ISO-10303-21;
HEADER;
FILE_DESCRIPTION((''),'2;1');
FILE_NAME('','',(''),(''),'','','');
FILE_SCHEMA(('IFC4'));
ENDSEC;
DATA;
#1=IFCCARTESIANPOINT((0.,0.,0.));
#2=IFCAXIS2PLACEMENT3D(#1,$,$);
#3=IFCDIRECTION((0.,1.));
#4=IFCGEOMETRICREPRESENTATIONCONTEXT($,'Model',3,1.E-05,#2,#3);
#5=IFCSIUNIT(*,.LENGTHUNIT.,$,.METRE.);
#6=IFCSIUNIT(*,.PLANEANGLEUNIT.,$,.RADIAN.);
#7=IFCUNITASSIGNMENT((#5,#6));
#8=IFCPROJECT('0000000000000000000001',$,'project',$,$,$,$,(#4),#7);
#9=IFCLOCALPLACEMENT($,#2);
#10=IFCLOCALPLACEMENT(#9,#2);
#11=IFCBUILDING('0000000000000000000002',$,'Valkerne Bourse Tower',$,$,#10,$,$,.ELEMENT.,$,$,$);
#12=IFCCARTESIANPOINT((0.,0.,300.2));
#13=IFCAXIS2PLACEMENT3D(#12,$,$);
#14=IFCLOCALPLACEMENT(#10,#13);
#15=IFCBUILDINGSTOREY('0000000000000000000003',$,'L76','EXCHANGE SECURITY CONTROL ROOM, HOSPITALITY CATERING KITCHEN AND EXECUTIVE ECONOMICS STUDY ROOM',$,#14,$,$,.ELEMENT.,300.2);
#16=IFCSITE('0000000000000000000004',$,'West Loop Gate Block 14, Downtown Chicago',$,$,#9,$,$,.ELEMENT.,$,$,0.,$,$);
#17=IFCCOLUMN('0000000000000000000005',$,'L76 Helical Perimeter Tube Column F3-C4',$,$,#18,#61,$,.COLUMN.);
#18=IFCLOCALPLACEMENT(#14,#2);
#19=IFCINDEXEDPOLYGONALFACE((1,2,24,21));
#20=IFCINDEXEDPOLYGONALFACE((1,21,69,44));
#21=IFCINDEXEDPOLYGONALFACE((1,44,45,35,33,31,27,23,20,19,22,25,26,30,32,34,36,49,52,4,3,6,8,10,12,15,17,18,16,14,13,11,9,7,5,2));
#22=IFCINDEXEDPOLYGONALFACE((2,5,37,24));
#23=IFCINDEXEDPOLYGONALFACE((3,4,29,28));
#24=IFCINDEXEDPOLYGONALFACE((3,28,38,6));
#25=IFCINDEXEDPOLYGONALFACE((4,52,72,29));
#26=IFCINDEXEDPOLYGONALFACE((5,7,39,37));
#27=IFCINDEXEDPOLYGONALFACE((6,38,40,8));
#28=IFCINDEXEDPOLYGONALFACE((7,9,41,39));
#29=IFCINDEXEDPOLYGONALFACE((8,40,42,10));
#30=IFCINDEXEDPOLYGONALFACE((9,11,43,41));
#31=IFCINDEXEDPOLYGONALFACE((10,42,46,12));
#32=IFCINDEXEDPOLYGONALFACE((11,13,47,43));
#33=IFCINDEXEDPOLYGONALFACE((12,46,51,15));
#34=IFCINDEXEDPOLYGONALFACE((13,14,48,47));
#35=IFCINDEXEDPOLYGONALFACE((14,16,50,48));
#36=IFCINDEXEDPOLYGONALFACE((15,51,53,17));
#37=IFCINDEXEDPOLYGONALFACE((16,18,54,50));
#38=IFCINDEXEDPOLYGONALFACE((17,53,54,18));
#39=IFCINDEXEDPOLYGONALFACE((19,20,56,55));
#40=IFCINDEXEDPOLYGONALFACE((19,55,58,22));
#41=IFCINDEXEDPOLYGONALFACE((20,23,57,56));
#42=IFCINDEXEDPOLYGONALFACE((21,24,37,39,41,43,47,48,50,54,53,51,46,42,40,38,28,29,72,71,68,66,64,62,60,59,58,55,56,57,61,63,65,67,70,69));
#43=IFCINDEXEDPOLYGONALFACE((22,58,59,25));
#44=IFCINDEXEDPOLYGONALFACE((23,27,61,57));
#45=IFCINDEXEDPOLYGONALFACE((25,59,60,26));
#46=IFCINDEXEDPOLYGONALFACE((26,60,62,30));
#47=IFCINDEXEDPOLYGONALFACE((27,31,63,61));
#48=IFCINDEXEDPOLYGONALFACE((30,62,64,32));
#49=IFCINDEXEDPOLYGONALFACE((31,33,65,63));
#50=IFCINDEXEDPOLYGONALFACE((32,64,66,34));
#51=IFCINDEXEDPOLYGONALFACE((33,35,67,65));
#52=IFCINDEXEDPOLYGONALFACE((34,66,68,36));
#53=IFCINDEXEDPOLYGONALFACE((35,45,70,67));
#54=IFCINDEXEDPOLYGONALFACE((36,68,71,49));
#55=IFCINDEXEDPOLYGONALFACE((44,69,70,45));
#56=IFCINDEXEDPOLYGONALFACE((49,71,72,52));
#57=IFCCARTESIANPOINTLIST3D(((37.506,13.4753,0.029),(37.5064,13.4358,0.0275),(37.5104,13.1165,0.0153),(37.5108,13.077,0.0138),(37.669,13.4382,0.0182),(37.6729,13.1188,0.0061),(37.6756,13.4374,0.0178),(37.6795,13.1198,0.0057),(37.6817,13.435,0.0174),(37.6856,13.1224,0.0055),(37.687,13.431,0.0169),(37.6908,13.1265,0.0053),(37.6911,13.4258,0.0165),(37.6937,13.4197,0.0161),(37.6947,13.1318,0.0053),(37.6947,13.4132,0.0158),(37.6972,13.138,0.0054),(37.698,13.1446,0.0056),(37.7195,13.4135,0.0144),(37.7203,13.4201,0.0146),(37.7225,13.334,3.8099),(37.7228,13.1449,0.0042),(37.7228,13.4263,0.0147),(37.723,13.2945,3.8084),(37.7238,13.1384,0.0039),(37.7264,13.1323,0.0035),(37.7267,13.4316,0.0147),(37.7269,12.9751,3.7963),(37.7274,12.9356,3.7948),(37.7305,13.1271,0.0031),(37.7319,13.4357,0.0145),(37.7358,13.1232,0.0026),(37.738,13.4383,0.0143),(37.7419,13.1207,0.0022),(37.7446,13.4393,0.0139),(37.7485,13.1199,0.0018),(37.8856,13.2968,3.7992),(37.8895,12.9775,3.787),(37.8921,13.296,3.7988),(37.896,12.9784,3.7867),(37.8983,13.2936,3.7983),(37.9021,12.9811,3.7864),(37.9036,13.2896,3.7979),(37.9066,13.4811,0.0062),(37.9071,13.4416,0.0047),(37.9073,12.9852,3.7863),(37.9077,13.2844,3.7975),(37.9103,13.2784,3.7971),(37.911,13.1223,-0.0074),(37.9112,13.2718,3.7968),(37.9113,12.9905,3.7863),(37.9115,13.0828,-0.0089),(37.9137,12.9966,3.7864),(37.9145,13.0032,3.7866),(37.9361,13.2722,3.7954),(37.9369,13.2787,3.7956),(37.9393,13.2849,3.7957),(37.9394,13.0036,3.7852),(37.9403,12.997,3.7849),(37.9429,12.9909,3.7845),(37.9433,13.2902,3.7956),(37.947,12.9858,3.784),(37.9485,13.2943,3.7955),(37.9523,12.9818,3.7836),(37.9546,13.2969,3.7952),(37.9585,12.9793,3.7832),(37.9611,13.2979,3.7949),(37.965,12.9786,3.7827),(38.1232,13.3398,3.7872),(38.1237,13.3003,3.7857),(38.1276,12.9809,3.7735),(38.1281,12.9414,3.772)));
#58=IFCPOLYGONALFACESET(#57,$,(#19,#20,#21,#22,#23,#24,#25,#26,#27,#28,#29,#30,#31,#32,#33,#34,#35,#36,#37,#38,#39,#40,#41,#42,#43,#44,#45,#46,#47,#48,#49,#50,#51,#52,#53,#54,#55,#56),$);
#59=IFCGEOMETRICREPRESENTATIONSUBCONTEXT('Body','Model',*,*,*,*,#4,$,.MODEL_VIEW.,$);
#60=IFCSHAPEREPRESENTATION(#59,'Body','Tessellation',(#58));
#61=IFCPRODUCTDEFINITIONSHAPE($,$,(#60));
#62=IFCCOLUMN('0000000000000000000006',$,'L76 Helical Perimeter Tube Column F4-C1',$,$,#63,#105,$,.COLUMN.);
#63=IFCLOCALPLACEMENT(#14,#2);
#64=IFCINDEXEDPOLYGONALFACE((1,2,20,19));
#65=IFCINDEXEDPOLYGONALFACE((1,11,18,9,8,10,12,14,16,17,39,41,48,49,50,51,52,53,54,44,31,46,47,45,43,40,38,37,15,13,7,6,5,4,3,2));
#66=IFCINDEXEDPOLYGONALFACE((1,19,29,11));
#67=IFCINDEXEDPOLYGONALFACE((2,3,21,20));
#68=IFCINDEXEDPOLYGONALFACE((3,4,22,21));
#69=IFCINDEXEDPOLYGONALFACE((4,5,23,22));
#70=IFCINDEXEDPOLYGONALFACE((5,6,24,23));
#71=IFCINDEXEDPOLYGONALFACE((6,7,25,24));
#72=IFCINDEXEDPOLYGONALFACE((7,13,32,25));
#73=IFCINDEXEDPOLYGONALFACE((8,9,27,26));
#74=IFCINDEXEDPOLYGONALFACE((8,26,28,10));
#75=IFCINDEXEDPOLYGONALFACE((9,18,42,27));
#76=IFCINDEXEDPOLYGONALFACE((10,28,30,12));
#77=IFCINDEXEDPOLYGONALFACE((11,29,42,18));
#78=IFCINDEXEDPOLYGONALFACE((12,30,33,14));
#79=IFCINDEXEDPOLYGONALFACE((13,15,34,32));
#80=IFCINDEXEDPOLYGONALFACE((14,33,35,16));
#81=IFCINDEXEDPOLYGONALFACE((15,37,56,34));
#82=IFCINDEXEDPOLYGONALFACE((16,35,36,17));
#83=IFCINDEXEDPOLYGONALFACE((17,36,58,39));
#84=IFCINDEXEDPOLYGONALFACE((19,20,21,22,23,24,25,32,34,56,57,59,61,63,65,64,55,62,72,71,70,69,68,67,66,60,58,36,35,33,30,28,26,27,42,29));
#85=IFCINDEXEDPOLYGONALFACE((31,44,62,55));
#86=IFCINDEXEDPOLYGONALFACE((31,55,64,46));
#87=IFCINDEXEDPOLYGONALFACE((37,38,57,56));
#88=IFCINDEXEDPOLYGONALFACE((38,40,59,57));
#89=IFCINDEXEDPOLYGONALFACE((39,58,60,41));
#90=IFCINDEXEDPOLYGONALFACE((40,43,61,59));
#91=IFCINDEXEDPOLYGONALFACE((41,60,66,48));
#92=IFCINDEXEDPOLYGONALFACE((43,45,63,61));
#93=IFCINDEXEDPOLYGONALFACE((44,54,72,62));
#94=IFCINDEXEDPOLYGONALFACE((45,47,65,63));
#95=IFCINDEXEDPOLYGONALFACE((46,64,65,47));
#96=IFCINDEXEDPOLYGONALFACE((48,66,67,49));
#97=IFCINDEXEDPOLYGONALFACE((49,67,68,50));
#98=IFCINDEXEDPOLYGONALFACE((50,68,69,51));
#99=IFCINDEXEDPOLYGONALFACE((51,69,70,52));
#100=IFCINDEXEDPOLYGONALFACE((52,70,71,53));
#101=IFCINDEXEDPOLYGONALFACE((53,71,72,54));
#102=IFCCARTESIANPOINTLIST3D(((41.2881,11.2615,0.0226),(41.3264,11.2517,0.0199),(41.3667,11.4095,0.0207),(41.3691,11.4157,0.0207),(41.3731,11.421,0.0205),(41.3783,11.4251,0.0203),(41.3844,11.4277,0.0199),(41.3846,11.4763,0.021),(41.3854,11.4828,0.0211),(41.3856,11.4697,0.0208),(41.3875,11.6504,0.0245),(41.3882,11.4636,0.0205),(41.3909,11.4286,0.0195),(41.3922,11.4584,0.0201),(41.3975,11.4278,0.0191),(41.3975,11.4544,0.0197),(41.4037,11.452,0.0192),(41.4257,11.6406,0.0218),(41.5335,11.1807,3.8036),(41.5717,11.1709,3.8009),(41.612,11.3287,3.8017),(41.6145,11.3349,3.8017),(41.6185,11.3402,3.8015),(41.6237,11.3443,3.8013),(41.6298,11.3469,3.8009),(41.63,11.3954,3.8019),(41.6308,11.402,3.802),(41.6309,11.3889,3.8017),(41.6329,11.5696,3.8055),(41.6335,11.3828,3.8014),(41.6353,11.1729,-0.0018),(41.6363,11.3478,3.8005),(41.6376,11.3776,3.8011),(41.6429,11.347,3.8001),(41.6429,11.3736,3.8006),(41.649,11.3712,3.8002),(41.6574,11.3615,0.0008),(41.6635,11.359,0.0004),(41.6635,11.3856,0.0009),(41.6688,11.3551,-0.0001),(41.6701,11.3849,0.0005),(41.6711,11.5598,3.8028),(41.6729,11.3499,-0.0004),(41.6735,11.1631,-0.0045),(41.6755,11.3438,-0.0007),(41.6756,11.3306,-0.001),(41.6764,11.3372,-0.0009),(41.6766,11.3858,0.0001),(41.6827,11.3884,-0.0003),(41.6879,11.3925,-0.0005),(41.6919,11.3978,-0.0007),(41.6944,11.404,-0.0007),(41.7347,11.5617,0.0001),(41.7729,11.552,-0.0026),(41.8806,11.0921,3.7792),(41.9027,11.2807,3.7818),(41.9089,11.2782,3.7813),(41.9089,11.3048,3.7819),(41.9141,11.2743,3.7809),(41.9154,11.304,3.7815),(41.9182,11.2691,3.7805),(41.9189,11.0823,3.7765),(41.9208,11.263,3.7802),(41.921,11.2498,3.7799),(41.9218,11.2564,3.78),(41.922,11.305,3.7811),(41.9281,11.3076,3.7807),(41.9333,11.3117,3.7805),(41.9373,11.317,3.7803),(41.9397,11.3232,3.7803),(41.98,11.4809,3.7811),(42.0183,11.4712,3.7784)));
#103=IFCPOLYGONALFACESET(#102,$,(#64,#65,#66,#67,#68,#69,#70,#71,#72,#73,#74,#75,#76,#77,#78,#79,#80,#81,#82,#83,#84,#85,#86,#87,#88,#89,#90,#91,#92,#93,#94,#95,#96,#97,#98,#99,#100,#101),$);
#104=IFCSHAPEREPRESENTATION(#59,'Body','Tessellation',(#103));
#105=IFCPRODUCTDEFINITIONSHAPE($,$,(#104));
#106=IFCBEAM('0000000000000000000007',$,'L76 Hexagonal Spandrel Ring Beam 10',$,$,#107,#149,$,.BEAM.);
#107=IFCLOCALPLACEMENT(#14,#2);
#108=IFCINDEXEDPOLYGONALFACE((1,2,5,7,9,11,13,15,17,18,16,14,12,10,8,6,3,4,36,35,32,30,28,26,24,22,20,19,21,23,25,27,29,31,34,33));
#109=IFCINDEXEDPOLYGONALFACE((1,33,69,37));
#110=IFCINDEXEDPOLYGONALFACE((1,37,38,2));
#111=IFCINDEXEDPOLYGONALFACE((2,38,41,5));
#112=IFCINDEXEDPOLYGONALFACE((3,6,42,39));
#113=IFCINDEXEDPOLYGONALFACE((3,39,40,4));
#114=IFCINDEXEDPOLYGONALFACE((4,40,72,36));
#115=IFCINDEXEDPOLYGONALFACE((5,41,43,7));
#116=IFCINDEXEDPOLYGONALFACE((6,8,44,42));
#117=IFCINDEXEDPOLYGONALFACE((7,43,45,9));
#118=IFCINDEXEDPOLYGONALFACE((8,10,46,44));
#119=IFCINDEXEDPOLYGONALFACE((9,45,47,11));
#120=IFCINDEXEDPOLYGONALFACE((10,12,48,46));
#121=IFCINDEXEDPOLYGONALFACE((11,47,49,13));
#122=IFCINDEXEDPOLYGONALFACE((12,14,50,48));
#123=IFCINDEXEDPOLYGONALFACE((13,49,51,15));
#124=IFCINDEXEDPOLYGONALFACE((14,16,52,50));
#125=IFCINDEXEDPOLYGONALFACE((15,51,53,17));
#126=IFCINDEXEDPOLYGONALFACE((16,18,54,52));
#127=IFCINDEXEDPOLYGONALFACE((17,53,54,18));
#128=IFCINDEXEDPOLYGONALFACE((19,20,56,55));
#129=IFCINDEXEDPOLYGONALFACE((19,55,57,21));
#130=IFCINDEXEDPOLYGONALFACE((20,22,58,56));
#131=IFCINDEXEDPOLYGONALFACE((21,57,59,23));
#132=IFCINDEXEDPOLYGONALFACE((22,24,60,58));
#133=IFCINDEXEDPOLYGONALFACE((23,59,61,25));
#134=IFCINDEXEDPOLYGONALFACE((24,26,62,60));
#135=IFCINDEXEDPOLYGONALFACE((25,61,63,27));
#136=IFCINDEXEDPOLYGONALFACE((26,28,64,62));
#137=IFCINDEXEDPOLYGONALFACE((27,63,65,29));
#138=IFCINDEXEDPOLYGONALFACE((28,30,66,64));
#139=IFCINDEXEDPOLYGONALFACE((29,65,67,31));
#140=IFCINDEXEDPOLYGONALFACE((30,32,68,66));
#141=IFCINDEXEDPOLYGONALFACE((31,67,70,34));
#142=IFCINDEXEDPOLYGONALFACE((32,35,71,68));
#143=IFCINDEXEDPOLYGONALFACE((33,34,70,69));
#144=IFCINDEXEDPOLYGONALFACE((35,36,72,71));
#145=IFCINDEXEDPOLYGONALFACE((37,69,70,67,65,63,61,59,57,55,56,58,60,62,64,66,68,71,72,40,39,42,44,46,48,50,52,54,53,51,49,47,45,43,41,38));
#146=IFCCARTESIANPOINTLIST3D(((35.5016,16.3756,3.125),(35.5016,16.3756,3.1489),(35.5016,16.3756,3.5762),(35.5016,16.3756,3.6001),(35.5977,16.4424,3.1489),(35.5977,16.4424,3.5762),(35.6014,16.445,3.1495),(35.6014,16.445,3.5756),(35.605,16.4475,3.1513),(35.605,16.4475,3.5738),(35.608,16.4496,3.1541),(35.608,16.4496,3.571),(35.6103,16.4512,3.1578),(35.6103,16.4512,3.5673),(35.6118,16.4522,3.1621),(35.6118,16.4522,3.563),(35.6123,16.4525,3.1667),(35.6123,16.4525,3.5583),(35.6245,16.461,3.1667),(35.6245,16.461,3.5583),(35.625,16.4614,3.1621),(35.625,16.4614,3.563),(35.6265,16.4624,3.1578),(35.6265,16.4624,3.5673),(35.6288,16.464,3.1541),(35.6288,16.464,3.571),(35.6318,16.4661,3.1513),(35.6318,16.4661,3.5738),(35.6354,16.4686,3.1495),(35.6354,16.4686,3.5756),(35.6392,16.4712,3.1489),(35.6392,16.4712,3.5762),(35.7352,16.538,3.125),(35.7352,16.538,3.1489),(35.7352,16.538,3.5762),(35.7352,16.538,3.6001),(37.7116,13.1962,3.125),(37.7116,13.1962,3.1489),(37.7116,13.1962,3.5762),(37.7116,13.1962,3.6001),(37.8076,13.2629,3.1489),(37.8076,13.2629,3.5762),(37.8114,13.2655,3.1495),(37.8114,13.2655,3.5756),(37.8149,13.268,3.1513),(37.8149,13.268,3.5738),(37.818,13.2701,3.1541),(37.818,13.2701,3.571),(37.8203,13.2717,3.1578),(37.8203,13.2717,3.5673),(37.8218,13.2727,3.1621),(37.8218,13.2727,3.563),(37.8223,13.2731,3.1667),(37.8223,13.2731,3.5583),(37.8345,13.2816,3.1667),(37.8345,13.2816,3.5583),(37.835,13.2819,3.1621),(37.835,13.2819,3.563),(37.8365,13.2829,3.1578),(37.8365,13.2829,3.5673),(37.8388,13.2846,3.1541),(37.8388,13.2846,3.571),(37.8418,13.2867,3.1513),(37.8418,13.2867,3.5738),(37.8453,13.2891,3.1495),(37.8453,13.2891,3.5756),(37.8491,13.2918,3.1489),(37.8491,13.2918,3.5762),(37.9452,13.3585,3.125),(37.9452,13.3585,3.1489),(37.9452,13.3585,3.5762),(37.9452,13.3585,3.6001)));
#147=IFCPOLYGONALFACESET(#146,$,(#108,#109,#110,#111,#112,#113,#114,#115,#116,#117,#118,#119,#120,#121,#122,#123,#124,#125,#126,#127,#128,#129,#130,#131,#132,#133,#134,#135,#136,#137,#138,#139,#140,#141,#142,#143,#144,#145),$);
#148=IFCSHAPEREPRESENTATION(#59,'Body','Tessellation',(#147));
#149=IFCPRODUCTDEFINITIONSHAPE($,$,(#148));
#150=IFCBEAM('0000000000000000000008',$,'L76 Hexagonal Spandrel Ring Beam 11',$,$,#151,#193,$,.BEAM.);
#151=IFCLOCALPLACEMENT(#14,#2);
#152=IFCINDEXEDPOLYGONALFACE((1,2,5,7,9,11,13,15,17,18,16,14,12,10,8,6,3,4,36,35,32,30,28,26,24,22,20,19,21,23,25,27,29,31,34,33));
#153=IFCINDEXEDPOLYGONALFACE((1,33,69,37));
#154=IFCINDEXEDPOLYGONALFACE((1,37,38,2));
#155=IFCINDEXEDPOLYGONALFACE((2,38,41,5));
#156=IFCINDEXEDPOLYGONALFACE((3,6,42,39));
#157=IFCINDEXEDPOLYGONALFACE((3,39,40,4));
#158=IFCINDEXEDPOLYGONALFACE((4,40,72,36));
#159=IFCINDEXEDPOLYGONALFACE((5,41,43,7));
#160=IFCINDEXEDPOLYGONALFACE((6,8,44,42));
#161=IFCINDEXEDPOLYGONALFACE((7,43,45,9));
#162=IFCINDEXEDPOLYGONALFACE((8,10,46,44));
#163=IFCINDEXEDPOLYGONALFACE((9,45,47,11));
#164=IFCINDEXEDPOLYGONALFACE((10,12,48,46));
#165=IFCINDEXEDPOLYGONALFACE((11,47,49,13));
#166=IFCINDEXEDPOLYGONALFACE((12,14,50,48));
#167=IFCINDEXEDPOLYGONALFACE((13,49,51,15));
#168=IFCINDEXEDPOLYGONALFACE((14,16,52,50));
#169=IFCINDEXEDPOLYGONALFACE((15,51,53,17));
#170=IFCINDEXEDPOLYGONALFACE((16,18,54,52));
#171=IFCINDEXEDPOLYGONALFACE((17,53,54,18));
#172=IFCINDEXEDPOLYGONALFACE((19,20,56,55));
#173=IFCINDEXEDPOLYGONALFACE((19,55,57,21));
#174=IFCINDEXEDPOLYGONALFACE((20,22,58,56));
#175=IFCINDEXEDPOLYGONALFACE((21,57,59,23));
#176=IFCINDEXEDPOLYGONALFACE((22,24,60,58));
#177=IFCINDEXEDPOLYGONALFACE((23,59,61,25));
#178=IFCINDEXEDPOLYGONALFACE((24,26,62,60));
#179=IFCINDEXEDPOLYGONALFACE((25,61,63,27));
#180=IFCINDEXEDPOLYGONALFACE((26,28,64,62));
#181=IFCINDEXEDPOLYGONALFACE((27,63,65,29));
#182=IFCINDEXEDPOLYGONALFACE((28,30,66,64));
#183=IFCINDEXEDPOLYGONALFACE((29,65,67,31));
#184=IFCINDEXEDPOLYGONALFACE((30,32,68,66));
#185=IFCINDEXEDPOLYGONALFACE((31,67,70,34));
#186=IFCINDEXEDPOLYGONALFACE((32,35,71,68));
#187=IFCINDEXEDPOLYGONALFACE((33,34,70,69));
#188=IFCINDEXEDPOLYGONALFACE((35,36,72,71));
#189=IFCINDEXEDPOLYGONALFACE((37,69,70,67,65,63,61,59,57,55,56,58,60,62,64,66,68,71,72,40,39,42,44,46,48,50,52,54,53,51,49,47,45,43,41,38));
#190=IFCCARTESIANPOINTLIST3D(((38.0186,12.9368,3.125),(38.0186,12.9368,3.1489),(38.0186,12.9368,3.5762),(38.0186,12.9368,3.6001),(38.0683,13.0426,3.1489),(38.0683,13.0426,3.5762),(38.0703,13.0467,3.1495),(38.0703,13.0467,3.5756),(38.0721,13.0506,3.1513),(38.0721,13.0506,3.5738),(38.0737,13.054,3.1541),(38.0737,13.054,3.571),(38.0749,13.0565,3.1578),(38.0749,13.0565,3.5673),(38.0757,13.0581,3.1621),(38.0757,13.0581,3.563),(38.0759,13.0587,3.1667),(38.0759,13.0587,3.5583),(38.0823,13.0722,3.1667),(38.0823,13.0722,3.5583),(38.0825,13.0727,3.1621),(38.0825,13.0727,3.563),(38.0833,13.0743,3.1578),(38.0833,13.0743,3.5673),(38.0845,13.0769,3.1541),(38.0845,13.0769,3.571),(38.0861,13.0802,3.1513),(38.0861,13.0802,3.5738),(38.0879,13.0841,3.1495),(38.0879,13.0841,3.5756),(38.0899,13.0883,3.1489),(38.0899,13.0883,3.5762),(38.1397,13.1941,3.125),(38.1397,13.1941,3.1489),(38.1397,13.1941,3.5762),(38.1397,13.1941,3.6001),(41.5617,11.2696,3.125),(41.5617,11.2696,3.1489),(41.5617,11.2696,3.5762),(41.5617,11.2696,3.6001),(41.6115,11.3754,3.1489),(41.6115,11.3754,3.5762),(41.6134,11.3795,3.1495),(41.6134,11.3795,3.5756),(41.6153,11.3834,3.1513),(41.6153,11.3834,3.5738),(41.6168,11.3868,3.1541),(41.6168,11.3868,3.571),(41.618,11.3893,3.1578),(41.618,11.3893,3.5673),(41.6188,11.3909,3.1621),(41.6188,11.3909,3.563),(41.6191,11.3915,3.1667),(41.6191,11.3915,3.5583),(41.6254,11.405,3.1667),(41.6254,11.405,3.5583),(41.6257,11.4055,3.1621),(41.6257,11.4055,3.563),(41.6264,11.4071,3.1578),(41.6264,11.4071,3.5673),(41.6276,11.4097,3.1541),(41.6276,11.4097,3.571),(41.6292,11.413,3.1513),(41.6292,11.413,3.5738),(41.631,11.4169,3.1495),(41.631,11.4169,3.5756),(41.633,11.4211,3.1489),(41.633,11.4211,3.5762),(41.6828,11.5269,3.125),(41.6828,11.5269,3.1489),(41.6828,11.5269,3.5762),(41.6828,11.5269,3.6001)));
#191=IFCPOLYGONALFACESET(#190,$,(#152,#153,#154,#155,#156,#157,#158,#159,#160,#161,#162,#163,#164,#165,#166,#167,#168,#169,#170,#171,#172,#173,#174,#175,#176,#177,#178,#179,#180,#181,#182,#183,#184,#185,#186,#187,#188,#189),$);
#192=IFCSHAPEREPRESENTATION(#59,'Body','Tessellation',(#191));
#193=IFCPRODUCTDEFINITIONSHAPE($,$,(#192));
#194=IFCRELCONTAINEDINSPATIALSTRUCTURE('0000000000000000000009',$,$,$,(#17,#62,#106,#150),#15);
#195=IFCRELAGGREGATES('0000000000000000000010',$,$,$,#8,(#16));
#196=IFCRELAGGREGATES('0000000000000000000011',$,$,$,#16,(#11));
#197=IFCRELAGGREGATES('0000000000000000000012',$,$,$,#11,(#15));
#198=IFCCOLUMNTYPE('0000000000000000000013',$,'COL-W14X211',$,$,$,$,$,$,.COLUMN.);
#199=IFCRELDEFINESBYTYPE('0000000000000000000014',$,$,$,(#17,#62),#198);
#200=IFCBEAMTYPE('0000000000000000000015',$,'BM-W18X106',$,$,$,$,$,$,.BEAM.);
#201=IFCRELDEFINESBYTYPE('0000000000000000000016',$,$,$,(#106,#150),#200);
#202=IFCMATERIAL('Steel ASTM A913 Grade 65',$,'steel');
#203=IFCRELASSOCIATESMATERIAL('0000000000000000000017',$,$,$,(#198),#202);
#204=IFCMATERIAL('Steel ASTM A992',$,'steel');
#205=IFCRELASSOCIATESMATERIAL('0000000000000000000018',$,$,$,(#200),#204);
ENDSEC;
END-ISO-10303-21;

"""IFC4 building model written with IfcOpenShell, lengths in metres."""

from ifc_helpers import new_model, si_unit, direction, frame, origin, origin_2d, place, context, subcontext, project, spatial, i_section, extrude, material, material_profile, profile_set, type_object, element, save


model = new_model("IFC4")

# Units and contexts
model_context = context("Model", 3, precision=1e-05, world=origin(), true_north=direction((0.0, 1.0)))
body_context = subcontext(model_context, "Body", "Model", "MODEL_VIEW")
ifc_project = project(units=[si_unit("LENGTHUNIT", "METRE"), si_unit("PLANEANGLEUNIT", "RADIAN")], contexts=[model_context])

# Site, building, storey
site_placement = place(None, origin())
site = spatial("IfcSite", under=ifc_project, at=site_placement, Name="West Loop Gate Block 14, Downtown Chicago", CompositionType="ELEMENT", RefElevation=0.0)
building_placement = place(site_placement, origin())
building = spatial("IfcBuilding", under=site, at=building_placement, Name="Valkerne Bourse Tower", CompositionType="ELEMENT")
storey_placement = place(building_placement, frame((0.0, 0.0, 300.2)))
storey = spatial("IfcBuildingStorey", under=building, at=storey_placement, Name="L76", Description="EXCHANGE SECURITY CONTROL ROOM, HOSPITALITY CATERING KITCHEN AND EXECUTIVE ECONOMICS STUDY ROOM", CompositionType="ELEMENT", Elevation=300.2)

# Columns
ifc_material_1 = material(Name="Steel ASTM A913 Grade 65", Category="steel")
ifc_material_profile_1 = material_profile(ifc_material_1, i_section(OverallWidth=0.4014, OverallDepth=0.3987, WebThickness=0.0249, FlangeThickness=0.0396, FilletRadius=0.0254, at=origin_2d()), Name="W14X211")
ifc_profile_set_1 = profile_set([ifc_material_profile_1], Name="Steel ASTM A913 Grade 65")
column_type = type_object("IfcColumnType", Name="COL-W14X211", PredefinedType="COLUMN", material=ifc_profile_set_1)
for number, where, z_axis, x_axis, name in (
    (1, (37.7087, 13.2791, 0.01), (0.05714, -0.037299, 0.997669), (0.998291, 0.014409, -0.056637), "L76 Helical Perimeter Tube Column F3-C4"),
    (2, (41.5305, 11.4067, 0.01), (0.064742, -0.021323, 0.997674), (0.247648, 0.968839, 0.004636), "L76 Helical Perimeter Tube Column F4-C1"),
):
    element("IfcColumn", number, at=place(storey_placement, frame(where, z_axis=z_axis, x_axis=x_axis)), inside=storey, type_object=column_type, Name=name, PredefinedType="COLUMN", context=body_context, shape_type="SweptSolid", body=[
        extrude(i_section(OverallWidth=0.4014, OverallDepth=0.3987, WebThickness=0.0249, FlangeThickness=0.0396, FilletRadius=0.0254, at=origin_2d()), origin(), (0.0, 0.0, 1.0), 3.7898),
    ])

# Beams
ifc_material_2 = material(Name="Steel ASTM A992", Category="steel")
ifc_material_profile_2 = material_profile(ifc_material_2, i_section(OverallWidth=0.2844, OverallDepth=0.4751, WebThickness=0.0149, FlangeThickness=0.0239, FilletRadius=0.0178, at=origin_2d()), Name="W18X106")
ifc_profile_set_2 = profile_set([ifc_material_profile_2], Name="Steel ASTM A992")
beam_type_1 = type_object("IfcBeamType", Name="BM-W18X106", PredefinedType="BEAM", material=ifc_profile_set_2)
beam_1_placement = place(storey_placement, frame((35.6184, 16.4568, 3.3625), z_axis=(0.570747, -0.821126, 0.0), x_axis=(0.821126, 0.570747, 0.0)))
element("IfcBeam", 3, at=beam_1_placement, inside=storey, type_object=beam_type_1, Name="L76 Hexagonal Spandrel Ring Beam 10", PredefinedType="BEAM", context=body_context, shape_type="SweptSolid", body=[
    extrude(i_section(OverallWidth=0.2844, OverallDepth=0.4751, WebThickness=0.0149, FlangeThickness=0.0239, FilletRadius=0.0178, at=origin_2d()), origin(), (0.0, 0.0, 1.0), 3.8721),
])
beam_2_placement = place(storey_placement, frame((38.0791, 13.0654, 3.3625), z_axis=(0.904834, -0.425764, 0.0), x_axis=(0.425764, 0.904834, 0.0)))
element("IfcBeam", 4, at=beam_2_placement, inside=storey, type_object=beam_type_1, Name="L76 Hexagonal Spandrel Ring Beam 11", PredefinedType="BEAM", context=body_context, shape_type="SweptSolid", body=[
    extrude(i_section(OverallWidth=0.2844, OverallDepth=0.4751, WebThickness=0.0149, FlangeThickness=0.0239, FilletRadius=0.0178, at=origin_2d()), origin(), (0.0, 0.0, 1.0), 3.9158),
])

save(model, "model.ifc")
